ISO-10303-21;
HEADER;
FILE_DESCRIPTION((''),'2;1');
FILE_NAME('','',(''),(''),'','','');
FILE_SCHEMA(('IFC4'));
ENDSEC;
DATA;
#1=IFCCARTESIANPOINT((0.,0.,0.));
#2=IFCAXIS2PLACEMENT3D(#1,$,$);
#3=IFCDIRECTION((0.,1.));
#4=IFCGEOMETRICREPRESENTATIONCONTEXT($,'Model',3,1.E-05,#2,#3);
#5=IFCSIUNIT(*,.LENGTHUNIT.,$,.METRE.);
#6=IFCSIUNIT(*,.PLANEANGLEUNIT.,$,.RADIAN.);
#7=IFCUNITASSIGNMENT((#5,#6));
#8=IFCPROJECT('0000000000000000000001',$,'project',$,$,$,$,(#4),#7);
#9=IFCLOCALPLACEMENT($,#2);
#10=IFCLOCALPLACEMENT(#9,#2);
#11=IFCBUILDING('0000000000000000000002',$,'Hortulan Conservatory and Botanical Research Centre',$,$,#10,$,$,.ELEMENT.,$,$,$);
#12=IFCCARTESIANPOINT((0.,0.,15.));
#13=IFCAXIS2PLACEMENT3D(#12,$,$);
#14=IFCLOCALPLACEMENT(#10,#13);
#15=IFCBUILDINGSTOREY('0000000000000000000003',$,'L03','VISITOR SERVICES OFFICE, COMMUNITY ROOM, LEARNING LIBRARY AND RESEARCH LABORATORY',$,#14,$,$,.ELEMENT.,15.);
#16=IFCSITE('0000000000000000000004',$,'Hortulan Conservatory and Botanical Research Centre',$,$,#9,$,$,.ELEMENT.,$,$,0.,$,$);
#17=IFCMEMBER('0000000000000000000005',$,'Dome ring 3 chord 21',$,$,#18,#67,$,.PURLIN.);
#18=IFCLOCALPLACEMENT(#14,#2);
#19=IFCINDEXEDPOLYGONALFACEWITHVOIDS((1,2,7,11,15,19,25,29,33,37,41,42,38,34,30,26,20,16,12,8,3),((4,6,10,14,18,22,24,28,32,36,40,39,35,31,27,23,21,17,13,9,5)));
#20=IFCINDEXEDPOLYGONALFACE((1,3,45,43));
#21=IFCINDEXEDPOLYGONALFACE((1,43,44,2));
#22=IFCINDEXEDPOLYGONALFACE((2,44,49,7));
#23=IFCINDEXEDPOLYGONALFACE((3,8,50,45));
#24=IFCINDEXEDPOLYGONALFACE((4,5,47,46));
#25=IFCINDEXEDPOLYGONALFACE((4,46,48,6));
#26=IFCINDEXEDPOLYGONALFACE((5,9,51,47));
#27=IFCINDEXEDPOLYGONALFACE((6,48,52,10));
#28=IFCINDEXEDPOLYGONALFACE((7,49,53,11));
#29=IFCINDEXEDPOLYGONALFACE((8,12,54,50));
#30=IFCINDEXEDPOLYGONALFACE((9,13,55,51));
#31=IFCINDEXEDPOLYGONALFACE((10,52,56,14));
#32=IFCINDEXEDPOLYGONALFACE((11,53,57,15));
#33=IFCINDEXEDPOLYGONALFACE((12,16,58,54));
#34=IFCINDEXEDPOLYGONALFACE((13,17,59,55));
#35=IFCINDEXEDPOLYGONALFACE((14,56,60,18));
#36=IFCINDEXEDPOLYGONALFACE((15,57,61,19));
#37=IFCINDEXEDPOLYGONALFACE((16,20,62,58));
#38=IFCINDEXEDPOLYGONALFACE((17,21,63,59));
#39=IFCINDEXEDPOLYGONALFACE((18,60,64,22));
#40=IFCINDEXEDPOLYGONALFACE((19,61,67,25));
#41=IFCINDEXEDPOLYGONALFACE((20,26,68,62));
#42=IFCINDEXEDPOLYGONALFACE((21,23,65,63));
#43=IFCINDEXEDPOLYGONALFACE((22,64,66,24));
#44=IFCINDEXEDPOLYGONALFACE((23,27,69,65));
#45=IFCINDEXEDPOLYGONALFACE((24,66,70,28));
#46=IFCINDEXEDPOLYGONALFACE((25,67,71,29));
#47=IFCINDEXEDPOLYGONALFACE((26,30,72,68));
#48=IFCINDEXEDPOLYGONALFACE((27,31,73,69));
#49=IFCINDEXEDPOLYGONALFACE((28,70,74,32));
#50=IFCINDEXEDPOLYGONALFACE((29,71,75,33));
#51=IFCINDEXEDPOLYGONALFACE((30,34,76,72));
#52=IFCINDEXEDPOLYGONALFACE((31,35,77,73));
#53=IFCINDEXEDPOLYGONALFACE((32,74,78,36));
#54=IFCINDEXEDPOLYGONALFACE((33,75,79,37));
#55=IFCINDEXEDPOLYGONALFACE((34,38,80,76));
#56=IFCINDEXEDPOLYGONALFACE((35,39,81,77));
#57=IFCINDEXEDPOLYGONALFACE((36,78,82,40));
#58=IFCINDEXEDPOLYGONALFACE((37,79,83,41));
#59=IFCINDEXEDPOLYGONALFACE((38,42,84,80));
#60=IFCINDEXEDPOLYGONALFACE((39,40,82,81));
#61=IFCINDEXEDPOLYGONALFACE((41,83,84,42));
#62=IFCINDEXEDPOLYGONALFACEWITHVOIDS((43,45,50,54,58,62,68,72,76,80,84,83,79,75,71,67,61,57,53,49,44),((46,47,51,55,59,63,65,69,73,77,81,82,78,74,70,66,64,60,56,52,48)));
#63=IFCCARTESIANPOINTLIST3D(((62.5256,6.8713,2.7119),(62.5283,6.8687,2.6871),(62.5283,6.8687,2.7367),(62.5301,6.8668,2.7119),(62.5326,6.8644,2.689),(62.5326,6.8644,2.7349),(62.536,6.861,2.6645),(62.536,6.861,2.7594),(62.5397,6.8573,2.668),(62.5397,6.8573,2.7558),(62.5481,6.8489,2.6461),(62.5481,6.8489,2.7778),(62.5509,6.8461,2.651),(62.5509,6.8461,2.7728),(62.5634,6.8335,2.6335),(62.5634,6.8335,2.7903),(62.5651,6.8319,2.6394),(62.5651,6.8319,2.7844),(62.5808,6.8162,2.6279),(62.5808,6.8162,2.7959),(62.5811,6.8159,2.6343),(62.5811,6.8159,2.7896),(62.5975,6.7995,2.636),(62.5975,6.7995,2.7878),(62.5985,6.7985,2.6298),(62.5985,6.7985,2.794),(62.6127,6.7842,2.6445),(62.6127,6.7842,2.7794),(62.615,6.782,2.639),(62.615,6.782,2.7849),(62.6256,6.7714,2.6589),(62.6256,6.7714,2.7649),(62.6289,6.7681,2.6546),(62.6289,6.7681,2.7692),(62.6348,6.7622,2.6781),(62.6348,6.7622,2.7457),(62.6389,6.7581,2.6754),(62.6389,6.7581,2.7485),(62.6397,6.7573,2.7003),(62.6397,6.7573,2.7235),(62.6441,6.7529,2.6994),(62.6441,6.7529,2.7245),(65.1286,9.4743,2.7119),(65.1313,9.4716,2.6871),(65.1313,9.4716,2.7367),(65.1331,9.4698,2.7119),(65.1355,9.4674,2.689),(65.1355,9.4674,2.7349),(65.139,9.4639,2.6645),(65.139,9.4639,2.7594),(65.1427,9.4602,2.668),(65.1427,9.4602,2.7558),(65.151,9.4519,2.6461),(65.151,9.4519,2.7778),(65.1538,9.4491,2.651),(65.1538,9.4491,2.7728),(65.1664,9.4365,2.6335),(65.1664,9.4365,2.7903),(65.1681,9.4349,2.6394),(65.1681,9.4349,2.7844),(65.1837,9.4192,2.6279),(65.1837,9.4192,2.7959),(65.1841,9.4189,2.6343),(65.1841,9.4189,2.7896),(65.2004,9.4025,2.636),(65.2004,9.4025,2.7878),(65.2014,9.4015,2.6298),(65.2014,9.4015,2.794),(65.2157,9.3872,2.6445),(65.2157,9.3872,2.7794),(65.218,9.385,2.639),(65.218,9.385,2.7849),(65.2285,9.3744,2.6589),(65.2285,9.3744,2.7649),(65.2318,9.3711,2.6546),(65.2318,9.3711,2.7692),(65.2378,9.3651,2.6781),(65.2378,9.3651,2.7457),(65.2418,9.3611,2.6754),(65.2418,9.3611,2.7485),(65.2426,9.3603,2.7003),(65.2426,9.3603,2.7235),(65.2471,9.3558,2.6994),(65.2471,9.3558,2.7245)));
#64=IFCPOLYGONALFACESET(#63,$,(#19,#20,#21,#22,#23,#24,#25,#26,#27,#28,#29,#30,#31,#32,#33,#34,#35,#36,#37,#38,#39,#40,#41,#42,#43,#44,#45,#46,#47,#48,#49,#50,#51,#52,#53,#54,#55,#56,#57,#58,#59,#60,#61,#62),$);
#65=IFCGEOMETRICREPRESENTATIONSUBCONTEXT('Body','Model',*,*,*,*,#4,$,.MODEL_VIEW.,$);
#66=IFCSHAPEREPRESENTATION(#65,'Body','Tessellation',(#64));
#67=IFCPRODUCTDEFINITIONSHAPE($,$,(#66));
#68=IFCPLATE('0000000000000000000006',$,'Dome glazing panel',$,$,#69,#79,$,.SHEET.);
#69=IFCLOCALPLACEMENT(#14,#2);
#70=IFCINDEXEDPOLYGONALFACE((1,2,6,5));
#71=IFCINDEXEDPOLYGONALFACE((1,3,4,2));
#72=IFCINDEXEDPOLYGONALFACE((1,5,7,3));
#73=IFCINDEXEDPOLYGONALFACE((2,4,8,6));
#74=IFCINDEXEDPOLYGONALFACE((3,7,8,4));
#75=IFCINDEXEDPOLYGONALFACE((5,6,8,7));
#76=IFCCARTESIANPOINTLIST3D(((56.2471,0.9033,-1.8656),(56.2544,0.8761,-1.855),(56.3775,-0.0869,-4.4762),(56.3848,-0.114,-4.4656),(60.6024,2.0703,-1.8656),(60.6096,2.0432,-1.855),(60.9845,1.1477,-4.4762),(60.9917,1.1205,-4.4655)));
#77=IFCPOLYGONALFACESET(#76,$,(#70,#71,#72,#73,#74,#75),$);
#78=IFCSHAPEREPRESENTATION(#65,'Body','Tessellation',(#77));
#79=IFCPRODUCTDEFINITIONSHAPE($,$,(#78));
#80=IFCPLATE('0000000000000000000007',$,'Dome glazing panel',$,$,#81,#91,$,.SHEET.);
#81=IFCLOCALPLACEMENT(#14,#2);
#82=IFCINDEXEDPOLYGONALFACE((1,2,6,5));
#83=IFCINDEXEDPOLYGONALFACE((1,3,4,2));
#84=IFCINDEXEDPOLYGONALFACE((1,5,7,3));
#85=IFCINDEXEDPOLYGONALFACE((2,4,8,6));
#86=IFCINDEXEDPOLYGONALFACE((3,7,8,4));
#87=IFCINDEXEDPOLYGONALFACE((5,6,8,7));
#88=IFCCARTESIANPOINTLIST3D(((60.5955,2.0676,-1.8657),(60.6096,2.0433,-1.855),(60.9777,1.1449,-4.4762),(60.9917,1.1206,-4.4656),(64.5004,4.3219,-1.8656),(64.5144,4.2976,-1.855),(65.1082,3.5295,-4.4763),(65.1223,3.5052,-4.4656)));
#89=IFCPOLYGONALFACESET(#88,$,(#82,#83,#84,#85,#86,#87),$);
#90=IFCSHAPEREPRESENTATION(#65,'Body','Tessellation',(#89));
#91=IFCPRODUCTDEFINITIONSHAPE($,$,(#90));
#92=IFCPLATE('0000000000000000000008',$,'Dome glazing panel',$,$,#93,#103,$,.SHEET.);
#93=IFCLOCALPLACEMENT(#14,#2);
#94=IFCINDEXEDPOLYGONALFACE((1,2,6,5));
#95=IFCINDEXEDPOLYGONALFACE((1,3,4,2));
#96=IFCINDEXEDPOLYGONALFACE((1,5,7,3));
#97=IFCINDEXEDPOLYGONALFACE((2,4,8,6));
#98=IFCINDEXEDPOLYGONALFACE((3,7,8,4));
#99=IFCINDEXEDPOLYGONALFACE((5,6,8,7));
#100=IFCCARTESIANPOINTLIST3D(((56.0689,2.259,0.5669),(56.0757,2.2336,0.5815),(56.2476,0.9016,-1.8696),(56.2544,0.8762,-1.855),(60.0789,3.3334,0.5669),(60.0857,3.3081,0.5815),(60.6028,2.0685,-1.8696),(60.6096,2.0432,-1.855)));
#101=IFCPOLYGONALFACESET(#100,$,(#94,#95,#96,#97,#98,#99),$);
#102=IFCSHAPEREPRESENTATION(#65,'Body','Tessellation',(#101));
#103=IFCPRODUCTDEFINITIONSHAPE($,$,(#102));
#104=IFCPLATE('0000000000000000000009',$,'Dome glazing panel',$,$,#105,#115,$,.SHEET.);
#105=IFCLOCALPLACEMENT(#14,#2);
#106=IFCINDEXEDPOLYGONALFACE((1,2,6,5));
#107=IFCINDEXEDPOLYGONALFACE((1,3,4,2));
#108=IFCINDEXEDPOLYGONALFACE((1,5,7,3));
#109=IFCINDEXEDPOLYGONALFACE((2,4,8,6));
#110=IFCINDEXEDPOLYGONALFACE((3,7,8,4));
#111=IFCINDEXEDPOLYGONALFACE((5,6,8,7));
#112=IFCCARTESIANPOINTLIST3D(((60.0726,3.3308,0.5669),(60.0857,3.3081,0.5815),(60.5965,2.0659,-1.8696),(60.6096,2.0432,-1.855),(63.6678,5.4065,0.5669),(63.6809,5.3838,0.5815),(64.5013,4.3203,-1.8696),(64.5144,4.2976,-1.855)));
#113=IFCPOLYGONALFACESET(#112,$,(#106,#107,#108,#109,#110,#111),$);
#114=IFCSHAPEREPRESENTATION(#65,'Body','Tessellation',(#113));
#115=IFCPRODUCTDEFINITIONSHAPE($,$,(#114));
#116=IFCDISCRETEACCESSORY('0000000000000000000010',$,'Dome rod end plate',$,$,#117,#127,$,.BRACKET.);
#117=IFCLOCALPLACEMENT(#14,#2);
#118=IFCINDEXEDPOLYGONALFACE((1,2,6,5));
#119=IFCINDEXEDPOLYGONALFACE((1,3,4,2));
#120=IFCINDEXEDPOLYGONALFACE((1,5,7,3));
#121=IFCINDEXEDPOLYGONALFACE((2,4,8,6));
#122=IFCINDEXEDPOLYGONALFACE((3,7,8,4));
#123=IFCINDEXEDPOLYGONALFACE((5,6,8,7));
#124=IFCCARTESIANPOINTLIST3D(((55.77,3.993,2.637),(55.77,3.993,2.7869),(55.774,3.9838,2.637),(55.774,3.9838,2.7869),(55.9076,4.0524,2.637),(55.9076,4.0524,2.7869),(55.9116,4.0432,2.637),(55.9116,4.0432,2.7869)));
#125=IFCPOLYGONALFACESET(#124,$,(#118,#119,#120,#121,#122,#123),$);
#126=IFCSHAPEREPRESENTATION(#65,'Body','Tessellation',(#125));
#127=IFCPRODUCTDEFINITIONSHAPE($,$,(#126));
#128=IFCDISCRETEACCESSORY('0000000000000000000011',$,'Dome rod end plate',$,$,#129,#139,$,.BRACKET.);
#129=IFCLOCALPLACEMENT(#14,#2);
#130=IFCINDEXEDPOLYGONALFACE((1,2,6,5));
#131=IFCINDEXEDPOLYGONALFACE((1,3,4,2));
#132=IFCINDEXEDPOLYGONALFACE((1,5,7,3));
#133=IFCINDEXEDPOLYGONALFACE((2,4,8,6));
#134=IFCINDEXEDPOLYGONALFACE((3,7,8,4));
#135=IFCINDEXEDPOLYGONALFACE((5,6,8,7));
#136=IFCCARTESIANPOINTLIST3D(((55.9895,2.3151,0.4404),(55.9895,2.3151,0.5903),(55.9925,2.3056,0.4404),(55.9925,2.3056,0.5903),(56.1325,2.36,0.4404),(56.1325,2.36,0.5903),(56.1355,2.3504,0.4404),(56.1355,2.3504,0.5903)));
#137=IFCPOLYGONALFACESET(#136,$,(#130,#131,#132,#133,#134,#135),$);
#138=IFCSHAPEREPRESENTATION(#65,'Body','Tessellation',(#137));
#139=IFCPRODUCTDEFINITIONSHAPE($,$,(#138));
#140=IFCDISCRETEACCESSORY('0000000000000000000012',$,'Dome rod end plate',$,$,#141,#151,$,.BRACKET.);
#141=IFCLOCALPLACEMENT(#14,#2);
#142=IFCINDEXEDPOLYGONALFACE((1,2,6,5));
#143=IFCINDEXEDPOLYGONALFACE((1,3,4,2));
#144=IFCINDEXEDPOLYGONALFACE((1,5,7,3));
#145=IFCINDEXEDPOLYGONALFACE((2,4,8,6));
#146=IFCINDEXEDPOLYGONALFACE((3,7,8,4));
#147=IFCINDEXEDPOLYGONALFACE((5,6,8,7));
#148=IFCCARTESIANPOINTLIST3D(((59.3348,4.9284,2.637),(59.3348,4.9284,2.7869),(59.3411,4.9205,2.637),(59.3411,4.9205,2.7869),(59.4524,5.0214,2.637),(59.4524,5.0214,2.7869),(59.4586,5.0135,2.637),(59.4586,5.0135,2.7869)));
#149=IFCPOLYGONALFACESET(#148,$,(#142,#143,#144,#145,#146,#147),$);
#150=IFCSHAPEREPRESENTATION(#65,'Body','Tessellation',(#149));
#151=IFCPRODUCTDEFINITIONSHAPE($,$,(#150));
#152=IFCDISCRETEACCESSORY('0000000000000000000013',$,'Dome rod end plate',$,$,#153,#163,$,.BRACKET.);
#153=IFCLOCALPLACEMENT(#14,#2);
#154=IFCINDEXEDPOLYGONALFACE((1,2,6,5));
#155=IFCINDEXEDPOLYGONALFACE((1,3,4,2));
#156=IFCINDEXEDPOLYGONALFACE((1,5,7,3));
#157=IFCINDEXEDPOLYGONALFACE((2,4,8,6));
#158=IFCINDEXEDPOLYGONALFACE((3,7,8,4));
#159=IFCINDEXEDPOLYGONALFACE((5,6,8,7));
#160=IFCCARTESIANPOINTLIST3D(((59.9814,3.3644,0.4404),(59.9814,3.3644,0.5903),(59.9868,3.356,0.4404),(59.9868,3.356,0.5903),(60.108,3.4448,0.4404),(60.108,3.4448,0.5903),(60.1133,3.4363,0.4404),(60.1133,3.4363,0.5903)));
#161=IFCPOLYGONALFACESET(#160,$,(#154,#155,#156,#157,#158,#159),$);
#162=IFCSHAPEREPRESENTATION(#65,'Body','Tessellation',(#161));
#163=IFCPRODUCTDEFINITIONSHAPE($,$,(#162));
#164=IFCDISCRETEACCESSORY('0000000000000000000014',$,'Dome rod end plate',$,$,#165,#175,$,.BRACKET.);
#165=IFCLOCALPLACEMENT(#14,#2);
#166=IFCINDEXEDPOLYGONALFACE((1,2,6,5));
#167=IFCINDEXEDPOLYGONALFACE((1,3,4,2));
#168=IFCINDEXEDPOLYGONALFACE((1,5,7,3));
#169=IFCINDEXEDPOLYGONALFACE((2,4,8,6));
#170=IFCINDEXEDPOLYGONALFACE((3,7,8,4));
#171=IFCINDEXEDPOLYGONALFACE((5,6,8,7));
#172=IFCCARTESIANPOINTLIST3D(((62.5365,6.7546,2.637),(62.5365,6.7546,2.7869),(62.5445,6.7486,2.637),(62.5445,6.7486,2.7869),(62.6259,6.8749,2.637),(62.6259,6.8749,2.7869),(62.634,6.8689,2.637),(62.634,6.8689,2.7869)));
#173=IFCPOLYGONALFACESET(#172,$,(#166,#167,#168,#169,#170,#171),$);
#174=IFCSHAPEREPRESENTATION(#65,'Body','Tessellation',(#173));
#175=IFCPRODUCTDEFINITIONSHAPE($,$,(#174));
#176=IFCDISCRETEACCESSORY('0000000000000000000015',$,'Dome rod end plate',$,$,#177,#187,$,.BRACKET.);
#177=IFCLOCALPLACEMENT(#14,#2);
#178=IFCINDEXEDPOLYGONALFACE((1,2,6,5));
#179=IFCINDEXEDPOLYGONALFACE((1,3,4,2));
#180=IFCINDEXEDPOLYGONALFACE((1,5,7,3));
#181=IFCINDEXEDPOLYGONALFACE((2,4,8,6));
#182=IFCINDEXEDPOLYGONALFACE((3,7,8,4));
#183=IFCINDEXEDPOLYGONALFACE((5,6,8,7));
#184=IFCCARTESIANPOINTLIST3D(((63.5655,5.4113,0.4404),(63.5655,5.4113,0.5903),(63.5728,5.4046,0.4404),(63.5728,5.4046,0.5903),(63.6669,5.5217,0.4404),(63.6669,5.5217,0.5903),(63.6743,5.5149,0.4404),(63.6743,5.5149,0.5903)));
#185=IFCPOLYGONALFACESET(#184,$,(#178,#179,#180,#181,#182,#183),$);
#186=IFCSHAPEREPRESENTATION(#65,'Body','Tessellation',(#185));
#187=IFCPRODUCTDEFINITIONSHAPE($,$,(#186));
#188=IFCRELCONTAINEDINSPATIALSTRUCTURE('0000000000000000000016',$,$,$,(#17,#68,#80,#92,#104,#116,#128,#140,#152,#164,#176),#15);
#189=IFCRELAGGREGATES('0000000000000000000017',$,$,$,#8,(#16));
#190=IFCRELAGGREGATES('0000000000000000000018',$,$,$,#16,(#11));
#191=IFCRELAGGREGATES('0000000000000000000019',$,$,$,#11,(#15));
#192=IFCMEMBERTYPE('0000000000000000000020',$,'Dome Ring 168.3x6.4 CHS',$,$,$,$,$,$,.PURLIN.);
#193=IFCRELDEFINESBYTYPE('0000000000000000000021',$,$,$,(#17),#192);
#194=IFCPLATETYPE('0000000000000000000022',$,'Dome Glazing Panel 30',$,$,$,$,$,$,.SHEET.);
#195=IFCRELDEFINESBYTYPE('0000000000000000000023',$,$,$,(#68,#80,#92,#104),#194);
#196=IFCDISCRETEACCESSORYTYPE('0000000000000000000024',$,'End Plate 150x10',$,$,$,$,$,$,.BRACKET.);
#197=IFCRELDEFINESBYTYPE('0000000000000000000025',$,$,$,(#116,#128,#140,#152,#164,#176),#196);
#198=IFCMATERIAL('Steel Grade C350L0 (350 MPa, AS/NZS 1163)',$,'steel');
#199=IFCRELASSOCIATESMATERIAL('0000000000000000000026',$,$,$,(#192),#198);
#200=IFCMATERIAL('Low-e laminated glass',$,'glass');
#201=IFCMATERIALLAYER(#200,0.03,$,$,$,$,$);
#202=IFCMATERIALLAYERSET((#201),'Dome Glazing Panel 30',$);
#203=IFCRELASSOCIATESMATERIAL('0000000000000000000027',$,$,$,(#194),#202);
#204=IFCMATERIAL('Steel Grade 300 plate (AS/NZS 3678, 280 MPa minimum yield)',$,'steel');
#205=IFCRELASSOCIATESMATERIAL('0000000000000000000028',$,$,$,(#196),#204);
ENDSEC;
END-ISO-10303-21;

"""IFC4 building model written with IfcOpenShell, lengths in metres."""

from ifc_helpers import new_model, si_unit, direction, frame, origin, origin_2d, place, context, subcontext, project, spatial, polyline, rectangle, hollow_circle, outline, extrude, material, layer, layer_set, material_profile, profile_set, type_object, element, save


model = new_model("IFC4")

# Units and contexts
model_context = context("Model", 3, precision=1e-05, world=origin(), true_north=direction((0.0, 1.0)))
body_context = subcontext(model_context, "Body", "Model", "MODEL_VIEW")
ifc_project = project(units=[si_unit("LENGTHUNIT", "METRE"), si_unit("PLANEANGLEUNIT", "RADIAN")], contexts=[model_context])

# Site, building, storey
site_placement = place(None, origin())
site = spatial("IfcSite", under=ifc_project, at=site_placement, Name="Hortulan Conservatory and Botanical Research Centre", CompositionType="ELEMENT", RefElevation=0.0)
building_placement = place(site_placement, origin())
building = spatial("IfcBuilding", under=site, at=building_placement, Name="Hortulan Conservatory and Botanical Research Centre", CompositionType="ELEMENT")
storey_placement = place(building_placement, frame((0.0, 0.0, 15.0)))
storey = spatial("IfcBuildingStorey", under=building, at=storey_placement, Name="L03", Description="VISITOR SERVICES OFFICE, COMMUNITY ROOM, LEARNING LIBRARY AND RESEARCH LABORATORY", CompositionType="ELEMENT", Elevation=15.0)

# Shared definitions
ifc_material_1 = material(Name="Steel Grade C350L0 (350 MPa, AS/NZS 1163)", Category="steel")

# Member
ifc_material_profile_1 = material_profile(ifc_material_1, hollow_circle(Radius=0.0842, WallThickness=0.0063, at=origin_2d()), Name="168.3x6.4CHS")
ifc_profile_set_1 = profile_set([ifc_material_profile_1], Name="Steel Grade C350L0 (350 MPa, AS/NZS 1163)")
member_type_1 = type_object("IfcMemberType", Name="Dome Ring 168.3x6.4 CHS", PredefinedType="PURLIN", material=ifc_profile_set_1)
member_1_placement = place(storey_placement, frame((62.5852, 6.8118, 2.7119), z_axis=(0.707107, 0.707107, 0.0), x_axis=(-0.707107, 0.707107, 0.0)))
element("IfcMember", 1, at=member_1_placement, inside=storey, type_object=member_type_1, Name="Dome ring 3 chord 21", PredefinedType="PURLIN", context=body_context, shape_type="SweptSolid", body=[
    extrude(hollow_circle(Radius=0.0842, WallThickness=0.0063, at=origin_2d()), origin(), (0.0, 0.0, 1.0), 3.6812),
])

# Plates
ifc_material_2 = material(Name="Low-e laminated glass", Category="glass")
ifc_layer = layer(ifc_material_2, 0.03)
ifc_layer_set = layer_set([ifc_layer], Name="Dome Glazing Panel 30")
plate_type = type_object("IfcPlateType", Name="Dome Glazing Panel 30", PredefinedType="SHEET", material=ifc_layer_set)
plate_1_placement = place(storey_placement, frame((56.3848, -0.114, -4.4656), z_axis=(0.242017, -0.903142, 0.35463), x_axis=(0.96592, 0.258842, 0.000006)))
element("IfcPlate", 2, at=plate_1_placement, inside=storey, type_object=plate_type, Name="Dome glazing panel", PredefinedType="SHEET", context=body_context, shape_type="SweptSolid", body=[
    extrude(outline(polyline([(0.0, 0.0), (4.7695, 0.0), (4.6393, 2.792), (0.1304, 2.7921), (0.0, 0.0)])), origin(), (0.0, 0.0, -1.0), 0.03),
])
plate_2_placement = place(storey_placement, frame((60.9917, 1.1206, -4.4656), z_axis=(0.467479, -0.809753, 0.354631), x_axis=(0.866042, 0.499971, -0.000007)))
element("IfcPlate", 3, at=plate_2_placement, inside=storey, type_object=plate_type, Name="Dome glazing panel", PredefinedType="SHEET", context=body_context, shape_type="SweptSolid", body=[
    extrude(outline(polyline([(0.0, 0.0), (4.7695, 0.0), (4.6392, 2.7921), (0.1304, 2.792), (0.0, 0.0)])), origin(), (0.0, 0.0, -1.0), 0.03),
])
plate_3_placement = place(storey_placement, frame((56.2544, 0.8762, -1.855), z_axis=(0.226099, -0.843814, 0.486679), x_axis=(0.965926, 0.258819, 0.000001)))
element("IfcPlate", 4, at=plate_3_placement, inside=storey, type_object=plate_type, Name="Dome glazing panel", PredefinedType="SHEET", context=body_context, shape_type="SweptSolid", body=[
    extrude(outline(polyline([(0.0, 0.0), (4.5089, 0.0), (4.3302, 2.7891), (0.1787, 2.7891), (0.0, 0.0)])), origin(), (0.0, 0.0, -1.0), 0.03),
])
plate_4_placement = place(storey_placement, frame((60.6096, 2.0432, -1.855), z_axis=(0.436787, -0.756546, 0.486677), x_axis=(0.866028, 0.499995, -0.000001)))
element("IfcPlate", 5, at=plate_4_placement, inside=storey, type_object=plate_type, Name="Dome glazing panel", PredefinedType="SHEET", context=body_context, shape_type="SweptSolid", body=[
    extrude(outline(polyline([(0.0, 0.0), (4.5088, 0.0), (4.3301, 2.7891), (0.1787, 2.7891), (0.0, 0.0)])), origin(), (0.0, 0.0, -1.0), 0.03),
])

# Discrete accessories
ifc_material_3 = material(Name="Steel Grade 300 plate (AS/NZS 3678, 280 MPa minimum yield)", Category="steel")
discrete_accessory_type = type_object("IfcDiscreteAccessoryType", Name="End Plate 150x10", PredefinedType="BRACKET", material=ifc_material_3)
for number, where, z_axis, x_axis, name in (
    (6, (55.8408, 4.0181, 2.637), (0.0, 0.0, 1.0), (0.91808, 0.396395, 0.0), "Dome rod end plate"),
    (7, (56.0625, 2.3328, 0.4404), (0.0, 0.0, 1.0), (0.954204, 0.299157, 0.0), "Dome rod end plate"),
    (8, (59.3967, 4.9709, 2.637), (0.0, 0.0, 1.0), (0.784203, 0.620505, 0.0), "Dome rod end plate"),
    (9, (60.0474, 3.4004, 0.4404), (0.0, 0.0, 1.0), (0.844262, 0.53593, 0.0), "Dome rod end plate"),
    (10, (62.5852, 6.8118, 2.637), (0.0, 0.0, 1.0), (0.596897, 0.802318, 0.0), "Dome rod end plate"),
    (11, (63.6199, 5.4631, 0.4404), (0.0, 0.0, 1.0), (0.676799, 0.736168, 0.0), "Dome rod end plate"),
):
    element("IfcDiscreteAccessory", number, at=place(storey_placement, frame(where, z_axis=z_axis, x_axis=x_axis)), inside=storey, type_object=discrete_accessory_type, Name=name, PredefinedType="BRACKET", context=body_context, shape_type="SweptSolid", body=[
        extrude(rectangle(XDim=0.1499, YDim=0.01, at=origin_2d()), origin(), (0.0, 0.0, 1.0), 0.1499),
    ])

save(model, "model.ifc")
